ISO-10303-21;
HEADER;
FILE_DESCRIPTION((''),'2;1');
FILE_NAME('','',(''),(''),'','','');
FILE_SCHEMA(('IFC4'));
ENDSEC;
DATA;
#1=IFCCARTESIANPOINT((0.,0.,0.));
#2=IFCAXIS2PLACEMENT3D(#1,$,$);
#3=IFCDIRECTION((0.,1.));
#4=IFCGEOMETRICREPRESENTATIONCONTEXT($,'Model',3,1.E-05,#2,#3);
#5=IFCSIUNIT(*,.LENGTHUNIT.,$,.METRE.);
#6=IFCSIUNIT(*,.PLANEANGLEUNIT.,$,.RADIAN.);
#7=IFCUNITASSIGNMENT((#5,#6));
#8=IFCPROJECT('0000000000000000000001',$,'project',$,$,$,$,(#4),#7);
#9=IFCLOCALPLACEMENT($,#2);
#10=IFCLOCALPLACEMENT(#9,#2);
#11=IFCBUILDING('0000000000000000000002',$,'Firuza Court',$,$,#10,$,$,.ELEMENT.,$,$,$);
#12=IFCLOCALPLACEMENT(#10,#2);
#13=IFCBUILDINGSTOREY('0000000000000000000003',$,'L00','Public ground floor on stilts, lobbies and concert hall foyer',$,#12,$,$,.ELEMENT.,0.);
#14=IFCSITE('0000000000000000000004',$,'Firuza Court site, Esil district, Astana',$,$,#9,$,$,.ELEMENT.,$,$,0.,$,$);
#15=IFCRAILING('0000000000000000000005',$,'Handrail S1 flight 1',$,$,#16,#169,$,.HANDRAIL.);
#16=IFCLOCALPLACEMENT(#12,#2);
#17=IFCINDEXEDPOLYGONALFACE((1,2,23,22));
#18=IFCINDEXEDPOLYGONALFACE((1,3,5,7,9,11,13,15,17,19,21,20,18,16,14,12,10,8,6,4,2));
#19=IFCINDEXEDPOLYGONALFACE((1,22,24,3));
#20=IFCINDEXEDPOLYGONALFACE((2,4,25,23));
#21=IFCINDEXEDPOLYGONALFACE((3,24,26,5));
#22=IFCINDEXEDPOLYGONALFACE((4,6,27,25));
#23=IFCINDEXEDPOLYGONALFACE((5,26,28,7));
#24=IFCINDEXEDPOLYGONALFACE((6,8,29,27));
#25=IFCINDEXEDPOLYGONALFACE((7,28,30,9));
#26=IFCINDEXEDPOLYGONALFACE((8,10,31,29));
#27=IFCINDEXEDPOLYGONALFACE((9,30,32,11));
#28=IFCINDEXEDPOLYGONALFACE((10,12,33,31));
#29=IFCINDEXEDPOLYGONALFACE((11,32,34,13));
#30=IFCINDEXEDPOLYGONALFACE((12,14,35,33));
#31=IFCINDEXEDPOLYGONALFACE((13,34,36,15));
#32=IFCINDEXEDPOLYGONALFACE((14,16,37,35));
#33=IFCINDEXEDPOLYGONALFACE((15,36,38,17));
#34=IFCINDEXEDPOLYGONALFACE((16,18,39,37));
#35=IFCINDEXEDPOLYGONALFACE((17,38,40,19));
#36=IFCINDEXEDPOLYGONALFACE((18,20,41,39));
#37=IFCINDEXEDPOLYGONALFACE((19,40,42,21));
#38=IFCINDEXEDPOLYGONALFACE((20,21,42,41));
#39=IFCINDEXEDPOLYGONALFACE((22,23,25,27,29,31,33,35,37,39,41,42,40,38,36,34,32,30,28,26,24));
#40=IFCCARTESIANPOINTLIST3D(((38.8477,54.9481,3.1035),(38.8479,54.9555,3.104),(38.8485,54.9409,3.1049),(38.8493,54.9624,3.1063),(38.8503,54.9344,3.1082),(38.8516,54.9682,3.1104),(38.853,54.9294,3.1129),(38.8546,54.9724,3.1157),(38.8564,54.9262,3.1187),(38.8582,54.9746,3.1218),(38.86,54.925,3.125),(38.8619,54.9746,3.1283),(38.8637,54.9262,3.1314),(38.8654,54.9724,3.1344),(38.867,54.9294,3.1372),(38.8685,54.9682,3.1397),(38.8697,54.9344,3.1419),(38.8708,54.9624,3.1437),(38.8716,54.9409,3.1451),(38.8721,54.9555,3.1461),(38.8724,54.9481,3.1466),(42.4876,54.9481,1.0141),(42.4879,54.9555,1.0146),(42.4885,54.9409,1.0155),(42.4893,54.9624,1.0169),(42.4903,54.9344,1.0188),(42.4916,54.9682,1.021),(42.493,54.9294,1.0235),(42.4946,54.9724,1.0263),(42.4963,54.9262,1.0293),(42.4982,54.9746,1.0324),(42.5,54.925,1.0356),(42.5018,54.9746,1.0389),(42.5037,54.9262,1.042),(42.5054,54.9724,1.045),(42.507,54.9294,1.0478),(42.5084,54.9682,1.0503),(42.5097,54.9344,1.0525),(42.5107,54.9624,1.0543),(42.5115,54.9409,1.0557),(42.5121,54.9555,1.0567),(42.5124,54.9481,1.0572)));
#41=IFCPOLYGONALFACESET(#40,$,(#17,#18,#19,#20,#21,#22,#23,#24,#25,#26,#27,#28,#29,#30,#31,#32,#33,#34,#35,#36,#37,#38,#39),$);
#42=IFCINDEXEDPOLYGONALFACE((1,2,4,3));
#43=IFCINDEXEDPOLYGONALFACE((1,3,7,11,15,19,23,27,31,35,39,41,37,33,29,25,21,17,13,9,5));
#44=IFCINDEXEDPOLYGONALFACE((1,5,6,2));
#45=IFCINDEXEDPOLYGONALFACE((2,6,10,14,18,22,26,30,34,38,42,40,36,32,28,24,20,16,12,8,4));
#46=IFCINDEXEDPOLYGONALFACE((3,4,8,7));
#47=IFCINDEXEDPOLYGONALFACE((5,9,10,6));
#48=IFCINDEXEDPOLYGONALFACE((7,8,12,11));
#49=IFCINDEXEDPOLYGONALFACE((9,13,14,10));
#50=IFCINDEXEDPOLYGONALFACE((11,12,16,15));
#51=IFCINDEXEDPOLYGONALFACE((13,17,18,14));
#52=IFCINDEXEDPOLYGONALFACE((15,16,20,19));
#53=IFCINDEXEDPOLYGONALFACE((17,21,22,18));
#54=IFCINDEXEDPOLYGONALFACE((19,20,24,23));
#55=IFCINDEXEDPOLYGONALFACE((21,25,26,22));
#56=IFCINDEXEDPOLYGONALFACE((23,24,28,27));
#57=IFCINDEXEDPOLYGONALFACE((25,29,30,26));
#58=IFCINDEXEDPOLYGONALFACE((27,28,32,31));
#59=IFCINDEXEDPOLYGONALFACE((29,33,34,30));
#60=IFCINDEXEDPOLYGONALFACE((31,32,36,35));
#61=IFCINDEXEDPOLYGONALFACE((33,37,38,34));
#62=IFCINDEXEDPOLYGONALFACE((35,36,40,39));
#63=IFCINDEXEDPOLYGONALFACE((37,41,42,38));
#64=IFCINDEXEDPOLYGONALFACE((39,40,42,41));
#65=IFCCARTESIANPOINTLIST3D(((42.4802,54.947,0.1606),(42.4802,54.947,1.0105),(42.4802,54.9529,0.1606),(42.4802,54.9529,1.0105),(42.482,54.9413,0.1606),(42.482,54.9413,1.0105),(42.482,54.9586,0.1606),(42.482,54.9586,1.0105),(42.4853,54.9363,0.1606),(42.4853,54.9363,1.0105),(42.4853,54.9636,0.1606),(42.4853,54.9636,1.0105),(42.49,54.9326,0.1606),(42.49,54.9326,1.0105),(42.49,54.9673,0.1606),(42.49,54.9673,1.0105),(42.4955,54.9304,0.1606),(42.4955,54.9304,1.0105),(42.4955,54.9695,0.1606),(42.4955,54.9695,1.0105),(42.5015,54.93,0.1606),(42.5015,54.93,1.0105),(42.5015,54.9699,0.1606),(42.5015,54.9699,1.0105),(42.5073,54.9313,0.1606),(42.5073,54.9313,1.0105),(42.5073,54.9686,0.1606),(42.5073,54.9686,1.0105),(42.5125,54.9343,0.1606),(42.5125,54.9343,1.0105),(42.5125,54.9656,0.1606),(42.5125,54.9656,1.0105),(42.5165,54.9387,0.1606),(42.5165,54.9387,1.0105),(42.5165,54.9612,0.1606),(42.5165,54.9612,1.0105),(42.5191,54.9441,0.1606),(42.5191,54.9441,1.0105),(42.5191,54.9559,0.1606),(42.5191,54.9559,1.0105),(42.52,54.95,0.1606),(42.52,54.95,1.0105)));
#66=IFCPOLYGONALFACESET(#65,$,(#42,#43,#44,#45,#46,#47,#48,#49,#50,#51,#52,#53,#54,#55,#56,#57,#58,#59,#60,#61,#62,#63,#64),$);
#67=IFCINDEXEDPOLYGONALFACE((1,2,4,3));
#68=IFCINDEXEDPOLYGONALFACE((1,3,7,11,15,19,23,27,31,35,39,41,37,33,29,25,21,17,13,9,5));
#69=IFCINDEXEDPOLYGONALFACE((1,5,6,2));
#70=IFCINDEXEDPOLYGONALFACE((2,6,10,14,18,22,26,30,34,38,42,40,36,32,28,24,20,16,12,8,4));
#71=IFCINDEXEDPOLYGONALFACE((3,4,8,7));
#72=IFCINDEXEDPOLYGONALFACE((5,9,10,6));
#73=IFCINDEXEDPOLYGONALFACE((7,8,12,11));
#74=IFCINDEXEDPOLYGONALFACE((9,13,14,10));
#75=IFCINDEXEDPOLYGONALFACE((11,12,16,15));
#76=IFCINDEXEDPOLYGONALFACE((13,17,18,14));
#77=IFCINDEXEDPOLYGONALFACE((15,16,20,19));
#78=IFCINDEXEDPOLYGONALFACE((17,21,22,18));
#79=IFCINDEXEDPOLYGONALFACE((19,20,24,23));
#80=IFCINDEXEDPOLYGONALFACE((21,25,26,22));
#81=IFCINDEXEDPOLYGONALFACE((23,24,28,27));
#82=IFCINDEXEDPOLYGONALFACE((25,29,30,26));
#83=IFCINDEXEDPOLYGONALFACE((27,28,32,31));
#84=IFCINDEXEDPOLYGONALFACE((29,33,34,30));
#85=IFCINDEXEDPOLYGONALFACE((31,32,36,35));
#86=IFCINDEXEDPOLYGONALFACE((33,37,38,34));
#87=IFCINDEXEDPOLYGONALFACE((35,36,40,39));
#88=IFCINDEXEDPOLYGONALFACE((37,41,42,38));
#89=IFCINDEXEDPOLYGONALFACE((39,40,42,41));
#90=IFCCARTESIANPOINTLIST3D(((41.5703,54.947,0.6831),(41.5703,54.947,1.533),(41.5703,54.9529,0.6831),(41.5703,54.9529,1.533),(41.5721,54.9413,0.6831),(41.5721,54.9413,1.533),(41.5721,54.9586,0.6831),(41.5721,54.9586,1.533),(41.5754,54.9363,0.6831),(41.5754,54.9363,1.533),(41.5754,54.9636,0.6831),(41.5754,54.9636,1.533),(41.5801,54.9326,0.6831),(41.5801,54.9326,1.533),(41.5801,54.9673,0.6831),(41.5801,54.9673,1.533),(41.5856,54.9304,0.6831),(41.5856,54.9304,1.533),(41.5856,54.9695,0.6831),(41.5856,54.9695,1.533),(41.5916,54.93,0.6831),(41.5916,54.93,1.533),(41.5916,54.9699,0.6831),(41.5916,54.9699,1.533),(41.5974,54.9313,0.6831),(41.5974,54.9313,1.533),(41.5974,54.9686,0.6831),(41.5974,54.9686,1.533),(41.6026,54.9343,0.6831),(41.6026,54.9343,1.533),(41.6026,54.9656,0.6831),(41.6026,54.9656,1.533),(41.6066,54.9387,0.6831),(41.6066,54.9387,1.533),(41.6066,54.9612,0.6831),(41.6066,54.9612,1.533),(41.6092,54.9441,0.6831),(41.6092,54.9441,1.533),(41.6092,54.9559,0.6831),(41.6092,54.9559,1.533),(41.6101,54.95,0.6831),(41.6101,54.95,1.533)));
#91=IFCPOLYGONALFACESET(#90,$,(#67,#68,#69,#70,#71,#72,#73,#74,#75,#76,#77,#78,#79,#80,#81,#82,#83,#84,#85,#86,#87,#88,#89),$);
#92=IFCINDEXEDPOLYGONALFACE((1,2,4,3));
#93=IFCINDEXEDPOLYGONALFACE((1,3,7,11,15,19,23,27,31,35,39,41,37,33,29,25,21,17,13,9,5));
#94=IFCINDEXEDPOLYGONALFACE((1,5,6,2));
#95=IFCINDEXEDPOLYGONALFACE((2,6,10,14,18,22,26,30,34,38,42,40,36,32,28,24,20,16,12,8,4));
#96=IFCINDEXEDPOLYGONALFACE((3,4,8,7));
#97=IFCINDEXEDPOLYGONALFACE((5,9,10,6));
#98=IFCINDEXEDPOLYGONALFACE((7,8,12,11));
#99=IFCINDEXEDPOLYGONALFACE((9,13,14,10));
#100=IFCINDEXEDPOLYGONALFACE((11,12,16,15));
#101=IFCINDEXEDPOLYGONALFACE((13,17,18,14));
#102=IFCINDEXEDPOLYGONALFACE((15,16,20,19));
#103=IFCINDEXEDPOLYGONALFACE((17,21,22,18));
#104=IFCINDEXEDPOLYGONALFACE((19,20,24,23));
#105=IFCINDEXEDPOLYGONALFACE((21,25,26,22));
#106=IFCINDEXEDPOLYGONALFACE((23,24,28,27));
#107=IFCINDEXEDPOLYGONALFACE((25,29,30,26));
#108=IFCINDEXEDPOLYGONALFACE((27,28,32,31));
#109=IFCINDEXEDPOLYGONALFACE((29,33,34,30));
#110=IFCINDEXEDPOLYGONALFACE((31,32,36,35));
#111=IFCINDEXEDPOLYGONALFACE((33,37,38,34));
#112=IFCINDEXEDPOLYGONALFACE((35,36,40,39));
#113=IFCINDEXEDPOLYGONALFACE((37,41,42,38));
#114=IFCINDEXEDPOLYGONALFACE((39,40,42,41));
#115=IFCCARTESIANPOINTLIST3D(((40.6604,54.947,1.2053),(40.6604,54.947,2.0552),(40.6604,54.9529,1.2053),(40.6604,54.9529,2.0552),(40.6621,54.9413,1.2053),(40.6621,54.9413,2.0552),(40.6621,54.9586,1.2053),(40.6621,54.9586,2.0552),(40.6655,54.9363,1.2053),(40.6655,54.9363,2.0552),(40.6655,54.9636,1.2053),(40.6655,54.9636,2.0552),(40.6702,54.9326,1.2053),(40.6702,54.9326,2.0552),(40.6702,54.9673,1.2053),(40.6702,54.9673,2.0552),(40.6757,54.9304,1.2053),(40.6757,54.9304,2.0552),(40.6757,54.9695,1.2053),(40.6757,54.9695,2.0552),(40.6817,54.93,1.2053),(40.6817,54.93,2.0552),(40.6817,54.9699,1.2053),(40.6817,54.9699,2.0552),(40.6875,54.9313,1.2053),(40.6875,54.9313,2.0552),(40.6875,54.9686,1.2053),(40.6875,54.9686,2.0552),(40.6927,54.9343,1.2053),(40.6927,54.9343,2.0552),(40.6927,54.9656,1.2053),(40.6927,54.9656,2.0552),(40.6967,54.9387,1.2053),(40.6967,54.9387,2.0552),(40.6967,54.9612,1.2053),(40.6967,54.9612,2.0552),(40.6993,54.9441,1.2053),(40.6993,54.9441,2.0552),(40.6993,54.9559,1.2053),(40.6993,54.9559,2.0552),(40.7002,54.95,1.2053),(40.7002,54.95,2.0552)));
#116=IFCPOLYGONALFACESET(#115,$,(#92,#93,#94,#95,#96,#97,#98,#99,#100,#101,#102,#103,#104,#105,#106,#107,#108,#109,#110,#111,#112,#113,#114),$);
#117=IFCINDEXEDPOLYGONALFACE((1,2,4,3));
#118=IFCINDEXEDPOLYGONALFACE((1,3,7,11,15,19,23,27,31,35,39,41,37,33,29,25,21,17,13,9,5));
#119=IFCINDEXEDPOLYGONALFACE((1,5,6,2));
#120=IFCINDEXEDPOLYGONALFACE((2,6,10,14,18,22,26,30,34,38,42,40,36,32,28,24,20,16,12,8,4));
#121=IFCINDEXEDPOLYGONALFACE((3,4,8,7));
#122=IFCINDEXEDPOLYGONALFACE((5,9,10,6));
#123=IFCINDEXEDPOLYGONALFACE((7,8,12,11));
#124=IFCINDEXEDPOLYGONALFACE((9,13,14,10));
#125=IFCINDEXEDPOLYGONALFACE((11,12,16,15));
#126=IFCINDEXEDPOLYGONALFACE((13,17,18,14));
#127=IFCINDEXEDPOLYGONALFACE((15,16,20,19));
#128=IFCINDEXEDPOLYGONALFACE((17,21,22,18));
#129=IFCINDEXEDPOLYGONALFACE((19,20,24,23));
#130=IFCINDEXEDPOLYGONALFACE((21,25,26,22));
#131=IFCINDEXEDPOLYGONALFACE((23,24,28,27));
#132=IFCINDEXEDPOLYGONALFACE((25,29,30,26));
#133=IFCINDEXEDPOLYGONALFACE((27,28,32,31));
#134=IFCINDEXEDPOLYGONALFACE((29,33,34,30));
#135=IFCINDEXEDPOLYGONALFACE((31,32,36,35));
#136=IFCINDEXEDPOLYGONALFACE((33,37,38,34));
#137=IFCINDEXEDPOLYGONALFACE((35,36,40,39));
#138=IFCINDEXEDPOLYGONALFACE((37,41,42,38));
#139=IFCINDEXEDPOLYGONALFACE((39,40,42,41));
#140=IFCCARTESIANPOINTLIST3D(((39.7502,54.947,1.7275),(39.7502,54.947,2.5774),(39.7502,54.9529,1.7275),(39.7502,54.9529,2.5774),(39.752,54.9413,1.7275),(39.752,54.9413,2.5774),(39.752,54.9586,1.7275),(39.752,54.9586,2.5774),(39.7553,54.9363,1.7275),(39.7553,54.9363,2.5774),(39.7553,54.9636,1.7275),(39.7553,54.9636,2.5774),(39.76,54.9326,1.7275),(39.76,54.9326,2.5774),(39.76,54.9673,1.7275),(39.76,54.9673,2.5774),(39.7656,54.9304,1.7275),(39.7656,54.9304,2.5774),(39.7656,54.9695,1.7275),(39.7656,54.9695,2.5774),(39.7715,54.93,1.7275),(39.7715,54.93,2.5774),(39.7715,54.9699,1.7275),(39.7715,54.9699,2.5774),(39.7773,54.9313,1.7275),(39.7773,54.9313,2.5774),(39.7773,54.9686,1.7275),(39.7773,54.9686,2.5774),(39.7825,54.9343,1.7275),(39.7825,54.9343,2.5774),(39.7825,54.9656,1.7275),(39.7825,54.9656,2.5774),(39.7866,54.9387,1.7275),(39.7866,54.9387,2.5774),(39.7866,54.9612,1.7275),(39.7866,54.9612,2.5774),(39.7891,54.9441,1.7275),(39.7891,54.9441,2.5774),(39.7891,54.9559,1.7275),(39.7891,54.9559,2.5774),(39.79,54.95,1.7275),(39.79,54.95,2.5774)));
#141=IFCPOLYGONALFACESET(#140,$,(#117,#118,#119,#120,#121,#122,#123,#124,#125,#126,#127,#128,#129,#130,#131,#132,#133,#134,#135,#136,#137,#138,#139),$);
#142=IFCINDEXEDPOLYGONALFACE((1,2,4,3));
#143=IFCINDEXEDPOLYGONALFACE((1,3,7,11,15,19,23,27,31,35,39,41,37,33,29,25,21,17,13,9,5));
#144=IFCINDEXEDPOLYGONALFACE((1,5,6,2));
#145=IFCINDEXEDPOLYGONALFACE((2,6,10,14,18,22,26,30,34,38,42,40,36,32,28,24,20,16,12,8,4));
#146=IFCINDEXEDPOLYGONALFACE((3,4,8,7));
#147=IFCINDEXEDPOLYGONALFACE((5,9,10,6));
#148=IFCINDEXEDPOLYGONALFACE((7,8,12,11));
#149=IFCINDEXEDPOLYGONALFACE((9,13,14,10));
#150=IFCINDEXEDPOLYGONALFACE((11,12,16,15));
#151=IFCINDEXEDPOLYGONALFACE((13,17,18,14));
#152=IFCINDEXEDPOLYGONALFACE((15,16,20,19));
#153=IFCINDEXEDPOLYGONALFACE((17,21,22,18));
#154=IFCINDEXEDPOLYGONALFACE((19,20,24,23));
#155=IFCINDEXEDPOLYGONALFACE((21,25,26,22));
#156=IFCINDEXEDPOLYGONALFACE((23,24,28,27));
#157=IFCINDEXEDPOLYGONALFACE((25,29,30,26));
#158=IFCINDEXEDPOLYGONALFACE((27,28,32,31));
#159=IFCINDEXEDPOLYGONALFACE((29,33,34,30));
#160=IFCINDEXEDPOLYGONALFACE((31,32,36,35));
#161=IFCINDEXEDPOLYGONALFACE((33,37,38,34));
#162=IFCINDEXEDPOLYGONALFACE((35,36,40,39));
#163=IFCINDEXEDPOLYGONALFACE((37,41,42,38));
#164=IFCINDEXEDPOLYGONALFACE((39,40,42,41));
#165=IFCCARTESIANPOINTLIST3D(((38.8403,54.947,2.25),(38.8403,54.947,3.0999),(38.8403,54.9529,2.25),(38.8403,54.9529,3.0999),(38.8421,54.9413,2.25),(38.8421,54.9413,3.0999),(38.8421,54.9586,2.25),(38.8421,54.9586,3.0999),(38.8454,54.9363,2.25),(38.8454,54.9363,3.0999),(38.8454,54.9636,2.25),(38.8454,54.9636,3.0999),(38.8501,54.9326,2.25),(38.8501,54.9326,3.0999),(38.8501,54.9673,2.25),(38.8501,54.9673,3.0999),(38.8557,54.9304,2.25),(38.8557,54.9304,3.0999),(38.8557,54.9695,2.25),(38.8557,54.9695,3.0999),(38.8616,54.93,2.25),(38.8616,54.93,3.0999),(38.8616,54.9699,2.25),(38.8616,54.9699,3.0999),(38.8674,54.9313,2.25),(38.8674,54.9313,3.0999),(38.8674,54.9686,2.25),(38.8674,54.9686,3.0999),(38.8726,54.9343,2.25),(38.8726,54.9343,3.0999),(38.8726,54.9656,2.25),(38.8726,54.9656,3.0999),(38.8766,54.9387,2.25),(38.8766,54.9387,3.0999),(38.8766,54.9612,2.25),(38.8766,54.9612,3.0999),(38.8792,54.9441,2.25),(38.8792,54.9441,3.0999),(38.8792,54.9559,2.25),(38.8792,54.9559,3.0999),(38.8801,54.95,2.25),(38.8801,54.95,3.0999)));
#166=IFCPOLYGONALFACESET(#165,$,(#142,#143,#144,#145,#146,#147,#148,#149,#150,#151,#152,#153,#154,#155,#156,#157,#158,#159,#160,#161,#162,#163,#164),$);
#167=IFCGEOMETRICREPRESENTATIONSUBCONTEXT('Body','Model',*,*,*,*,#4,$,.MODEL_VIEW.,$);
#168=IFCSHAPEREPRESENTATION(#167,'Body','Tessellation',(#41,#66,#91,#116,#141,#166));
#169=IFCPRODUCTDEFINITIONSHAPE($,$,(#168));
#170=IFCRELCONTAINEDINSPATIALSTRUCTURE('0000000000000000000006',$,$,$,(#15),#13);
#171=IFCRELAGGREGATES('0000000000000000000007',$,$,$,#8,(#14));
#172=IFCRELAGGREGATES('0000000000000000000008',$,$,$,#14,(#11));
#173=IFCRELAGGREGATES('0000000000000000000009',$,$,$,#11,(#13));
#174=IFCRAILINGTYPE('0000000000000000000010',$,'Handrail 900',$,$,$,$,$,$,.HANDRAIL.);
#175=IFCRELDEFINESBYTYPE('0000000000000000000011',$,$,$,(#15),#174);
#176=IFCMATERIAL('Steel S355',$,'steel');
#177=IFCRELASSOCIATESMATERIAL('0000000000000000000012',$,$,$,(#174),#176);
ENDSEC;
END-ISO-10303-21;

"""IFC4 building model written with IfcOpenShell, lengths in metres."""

from ifc_helpers import new_model, si_unit, direction, frame, origin, origin_2d, place, context, subcontext, project, spatial, circle, extrude, material, type_object, element, save


model = new_model("IFC4")

# Units and contexts
model_context = context("Model", 3, precision=1e-05, world=origin(), true_north=direction((0.0, 1.0)))
body_context = subcontext(model_context, "Body", "Model", "MODEL_VIEW")
ifc_project = project(units=[si_unit("LENGTHUNIT", "METRE"), si_unit("PLANEANGLEUNIT", "RADIAN")], contexts=[model_context])

# Site, building, storey
site_placement = place(None, origin())
site = spatial("IfcSite", under=ifc_project, at=site_placement, Name="Firuza Court site, Esil district, Astana", CompositionType="ELEMENT", RefElevation=0.0)
building_placement = place(site_placement, origin())
building = spatial("IfcBuilding", under=site, at=building_placement, Name="Firuza Court", CompositionType="ELEMENT")
storey_placement = place(building_placement, origin())
storey = spatial("IfcBuildingStorey", under=building, at=storey_placement, Name="L00", Description="Public ground floor on stilts, lobbies and concert hall foyer", CompositionType="ELEMENT", Elevation=0.0)

# Railing
ifc_material_1 = material(Name="Steel S355", Category="steel")
railing_type_1 = type_object("IfcRailingType", Name="Handrail 900", PredefinedType="HANDRAIL", material=ifc_material_1)
railing_1_placement = place(storey_placement, frame((42.5, 54.95, 0.1606)))
element("IfcRailing", 1, at=railing_1_placement, inside=storey, type_object=railing_type_1, Name="Handrail S1 flight 1", PredefinedType="HANDRAIL", context=body_context, shape_type="SweptSolid", body=[
    extrude(circle(Radius=0.0249, at=origin_2d()), frame((0.0, 0.0, 0.875), z_axis=(-0.867275, 0.0, 0.497829), x_axis=(0.0, -1.0, 0.0)), (0.0, 0.0, 1.0), 4.197),
    extrude(circle(Radius=0.02, at=origin_2d()), origin(), (0.0, 0.0, 1.0), 0.8499),
    extrude(circle(Radius=0.02, at=origin_2d()), frame((-0.9099, 0.0, 0.5225)), (0.0, 0.0, 1.0), 0.8499),
    extrude(circle(Radius=0.02, at=origin_2d()), frame((-1.8198, 0.0, 1.0447)), (0.0, 0.0, 1.0), 0.8499),
    extrude(circle(Radius=0.02, at=origin_2d()), frame((-2.73, 0.0, 1.5669)), (0.0, 0.0, 1.0), 0.8499),
    extrude(circle(Radius=0.02, at=origin_2d()), frame((-3.6399, 0.0, 2.0894)), (0.0, 0.0, 1.0), 0.8499),
])

save(model, "model.ifc")
